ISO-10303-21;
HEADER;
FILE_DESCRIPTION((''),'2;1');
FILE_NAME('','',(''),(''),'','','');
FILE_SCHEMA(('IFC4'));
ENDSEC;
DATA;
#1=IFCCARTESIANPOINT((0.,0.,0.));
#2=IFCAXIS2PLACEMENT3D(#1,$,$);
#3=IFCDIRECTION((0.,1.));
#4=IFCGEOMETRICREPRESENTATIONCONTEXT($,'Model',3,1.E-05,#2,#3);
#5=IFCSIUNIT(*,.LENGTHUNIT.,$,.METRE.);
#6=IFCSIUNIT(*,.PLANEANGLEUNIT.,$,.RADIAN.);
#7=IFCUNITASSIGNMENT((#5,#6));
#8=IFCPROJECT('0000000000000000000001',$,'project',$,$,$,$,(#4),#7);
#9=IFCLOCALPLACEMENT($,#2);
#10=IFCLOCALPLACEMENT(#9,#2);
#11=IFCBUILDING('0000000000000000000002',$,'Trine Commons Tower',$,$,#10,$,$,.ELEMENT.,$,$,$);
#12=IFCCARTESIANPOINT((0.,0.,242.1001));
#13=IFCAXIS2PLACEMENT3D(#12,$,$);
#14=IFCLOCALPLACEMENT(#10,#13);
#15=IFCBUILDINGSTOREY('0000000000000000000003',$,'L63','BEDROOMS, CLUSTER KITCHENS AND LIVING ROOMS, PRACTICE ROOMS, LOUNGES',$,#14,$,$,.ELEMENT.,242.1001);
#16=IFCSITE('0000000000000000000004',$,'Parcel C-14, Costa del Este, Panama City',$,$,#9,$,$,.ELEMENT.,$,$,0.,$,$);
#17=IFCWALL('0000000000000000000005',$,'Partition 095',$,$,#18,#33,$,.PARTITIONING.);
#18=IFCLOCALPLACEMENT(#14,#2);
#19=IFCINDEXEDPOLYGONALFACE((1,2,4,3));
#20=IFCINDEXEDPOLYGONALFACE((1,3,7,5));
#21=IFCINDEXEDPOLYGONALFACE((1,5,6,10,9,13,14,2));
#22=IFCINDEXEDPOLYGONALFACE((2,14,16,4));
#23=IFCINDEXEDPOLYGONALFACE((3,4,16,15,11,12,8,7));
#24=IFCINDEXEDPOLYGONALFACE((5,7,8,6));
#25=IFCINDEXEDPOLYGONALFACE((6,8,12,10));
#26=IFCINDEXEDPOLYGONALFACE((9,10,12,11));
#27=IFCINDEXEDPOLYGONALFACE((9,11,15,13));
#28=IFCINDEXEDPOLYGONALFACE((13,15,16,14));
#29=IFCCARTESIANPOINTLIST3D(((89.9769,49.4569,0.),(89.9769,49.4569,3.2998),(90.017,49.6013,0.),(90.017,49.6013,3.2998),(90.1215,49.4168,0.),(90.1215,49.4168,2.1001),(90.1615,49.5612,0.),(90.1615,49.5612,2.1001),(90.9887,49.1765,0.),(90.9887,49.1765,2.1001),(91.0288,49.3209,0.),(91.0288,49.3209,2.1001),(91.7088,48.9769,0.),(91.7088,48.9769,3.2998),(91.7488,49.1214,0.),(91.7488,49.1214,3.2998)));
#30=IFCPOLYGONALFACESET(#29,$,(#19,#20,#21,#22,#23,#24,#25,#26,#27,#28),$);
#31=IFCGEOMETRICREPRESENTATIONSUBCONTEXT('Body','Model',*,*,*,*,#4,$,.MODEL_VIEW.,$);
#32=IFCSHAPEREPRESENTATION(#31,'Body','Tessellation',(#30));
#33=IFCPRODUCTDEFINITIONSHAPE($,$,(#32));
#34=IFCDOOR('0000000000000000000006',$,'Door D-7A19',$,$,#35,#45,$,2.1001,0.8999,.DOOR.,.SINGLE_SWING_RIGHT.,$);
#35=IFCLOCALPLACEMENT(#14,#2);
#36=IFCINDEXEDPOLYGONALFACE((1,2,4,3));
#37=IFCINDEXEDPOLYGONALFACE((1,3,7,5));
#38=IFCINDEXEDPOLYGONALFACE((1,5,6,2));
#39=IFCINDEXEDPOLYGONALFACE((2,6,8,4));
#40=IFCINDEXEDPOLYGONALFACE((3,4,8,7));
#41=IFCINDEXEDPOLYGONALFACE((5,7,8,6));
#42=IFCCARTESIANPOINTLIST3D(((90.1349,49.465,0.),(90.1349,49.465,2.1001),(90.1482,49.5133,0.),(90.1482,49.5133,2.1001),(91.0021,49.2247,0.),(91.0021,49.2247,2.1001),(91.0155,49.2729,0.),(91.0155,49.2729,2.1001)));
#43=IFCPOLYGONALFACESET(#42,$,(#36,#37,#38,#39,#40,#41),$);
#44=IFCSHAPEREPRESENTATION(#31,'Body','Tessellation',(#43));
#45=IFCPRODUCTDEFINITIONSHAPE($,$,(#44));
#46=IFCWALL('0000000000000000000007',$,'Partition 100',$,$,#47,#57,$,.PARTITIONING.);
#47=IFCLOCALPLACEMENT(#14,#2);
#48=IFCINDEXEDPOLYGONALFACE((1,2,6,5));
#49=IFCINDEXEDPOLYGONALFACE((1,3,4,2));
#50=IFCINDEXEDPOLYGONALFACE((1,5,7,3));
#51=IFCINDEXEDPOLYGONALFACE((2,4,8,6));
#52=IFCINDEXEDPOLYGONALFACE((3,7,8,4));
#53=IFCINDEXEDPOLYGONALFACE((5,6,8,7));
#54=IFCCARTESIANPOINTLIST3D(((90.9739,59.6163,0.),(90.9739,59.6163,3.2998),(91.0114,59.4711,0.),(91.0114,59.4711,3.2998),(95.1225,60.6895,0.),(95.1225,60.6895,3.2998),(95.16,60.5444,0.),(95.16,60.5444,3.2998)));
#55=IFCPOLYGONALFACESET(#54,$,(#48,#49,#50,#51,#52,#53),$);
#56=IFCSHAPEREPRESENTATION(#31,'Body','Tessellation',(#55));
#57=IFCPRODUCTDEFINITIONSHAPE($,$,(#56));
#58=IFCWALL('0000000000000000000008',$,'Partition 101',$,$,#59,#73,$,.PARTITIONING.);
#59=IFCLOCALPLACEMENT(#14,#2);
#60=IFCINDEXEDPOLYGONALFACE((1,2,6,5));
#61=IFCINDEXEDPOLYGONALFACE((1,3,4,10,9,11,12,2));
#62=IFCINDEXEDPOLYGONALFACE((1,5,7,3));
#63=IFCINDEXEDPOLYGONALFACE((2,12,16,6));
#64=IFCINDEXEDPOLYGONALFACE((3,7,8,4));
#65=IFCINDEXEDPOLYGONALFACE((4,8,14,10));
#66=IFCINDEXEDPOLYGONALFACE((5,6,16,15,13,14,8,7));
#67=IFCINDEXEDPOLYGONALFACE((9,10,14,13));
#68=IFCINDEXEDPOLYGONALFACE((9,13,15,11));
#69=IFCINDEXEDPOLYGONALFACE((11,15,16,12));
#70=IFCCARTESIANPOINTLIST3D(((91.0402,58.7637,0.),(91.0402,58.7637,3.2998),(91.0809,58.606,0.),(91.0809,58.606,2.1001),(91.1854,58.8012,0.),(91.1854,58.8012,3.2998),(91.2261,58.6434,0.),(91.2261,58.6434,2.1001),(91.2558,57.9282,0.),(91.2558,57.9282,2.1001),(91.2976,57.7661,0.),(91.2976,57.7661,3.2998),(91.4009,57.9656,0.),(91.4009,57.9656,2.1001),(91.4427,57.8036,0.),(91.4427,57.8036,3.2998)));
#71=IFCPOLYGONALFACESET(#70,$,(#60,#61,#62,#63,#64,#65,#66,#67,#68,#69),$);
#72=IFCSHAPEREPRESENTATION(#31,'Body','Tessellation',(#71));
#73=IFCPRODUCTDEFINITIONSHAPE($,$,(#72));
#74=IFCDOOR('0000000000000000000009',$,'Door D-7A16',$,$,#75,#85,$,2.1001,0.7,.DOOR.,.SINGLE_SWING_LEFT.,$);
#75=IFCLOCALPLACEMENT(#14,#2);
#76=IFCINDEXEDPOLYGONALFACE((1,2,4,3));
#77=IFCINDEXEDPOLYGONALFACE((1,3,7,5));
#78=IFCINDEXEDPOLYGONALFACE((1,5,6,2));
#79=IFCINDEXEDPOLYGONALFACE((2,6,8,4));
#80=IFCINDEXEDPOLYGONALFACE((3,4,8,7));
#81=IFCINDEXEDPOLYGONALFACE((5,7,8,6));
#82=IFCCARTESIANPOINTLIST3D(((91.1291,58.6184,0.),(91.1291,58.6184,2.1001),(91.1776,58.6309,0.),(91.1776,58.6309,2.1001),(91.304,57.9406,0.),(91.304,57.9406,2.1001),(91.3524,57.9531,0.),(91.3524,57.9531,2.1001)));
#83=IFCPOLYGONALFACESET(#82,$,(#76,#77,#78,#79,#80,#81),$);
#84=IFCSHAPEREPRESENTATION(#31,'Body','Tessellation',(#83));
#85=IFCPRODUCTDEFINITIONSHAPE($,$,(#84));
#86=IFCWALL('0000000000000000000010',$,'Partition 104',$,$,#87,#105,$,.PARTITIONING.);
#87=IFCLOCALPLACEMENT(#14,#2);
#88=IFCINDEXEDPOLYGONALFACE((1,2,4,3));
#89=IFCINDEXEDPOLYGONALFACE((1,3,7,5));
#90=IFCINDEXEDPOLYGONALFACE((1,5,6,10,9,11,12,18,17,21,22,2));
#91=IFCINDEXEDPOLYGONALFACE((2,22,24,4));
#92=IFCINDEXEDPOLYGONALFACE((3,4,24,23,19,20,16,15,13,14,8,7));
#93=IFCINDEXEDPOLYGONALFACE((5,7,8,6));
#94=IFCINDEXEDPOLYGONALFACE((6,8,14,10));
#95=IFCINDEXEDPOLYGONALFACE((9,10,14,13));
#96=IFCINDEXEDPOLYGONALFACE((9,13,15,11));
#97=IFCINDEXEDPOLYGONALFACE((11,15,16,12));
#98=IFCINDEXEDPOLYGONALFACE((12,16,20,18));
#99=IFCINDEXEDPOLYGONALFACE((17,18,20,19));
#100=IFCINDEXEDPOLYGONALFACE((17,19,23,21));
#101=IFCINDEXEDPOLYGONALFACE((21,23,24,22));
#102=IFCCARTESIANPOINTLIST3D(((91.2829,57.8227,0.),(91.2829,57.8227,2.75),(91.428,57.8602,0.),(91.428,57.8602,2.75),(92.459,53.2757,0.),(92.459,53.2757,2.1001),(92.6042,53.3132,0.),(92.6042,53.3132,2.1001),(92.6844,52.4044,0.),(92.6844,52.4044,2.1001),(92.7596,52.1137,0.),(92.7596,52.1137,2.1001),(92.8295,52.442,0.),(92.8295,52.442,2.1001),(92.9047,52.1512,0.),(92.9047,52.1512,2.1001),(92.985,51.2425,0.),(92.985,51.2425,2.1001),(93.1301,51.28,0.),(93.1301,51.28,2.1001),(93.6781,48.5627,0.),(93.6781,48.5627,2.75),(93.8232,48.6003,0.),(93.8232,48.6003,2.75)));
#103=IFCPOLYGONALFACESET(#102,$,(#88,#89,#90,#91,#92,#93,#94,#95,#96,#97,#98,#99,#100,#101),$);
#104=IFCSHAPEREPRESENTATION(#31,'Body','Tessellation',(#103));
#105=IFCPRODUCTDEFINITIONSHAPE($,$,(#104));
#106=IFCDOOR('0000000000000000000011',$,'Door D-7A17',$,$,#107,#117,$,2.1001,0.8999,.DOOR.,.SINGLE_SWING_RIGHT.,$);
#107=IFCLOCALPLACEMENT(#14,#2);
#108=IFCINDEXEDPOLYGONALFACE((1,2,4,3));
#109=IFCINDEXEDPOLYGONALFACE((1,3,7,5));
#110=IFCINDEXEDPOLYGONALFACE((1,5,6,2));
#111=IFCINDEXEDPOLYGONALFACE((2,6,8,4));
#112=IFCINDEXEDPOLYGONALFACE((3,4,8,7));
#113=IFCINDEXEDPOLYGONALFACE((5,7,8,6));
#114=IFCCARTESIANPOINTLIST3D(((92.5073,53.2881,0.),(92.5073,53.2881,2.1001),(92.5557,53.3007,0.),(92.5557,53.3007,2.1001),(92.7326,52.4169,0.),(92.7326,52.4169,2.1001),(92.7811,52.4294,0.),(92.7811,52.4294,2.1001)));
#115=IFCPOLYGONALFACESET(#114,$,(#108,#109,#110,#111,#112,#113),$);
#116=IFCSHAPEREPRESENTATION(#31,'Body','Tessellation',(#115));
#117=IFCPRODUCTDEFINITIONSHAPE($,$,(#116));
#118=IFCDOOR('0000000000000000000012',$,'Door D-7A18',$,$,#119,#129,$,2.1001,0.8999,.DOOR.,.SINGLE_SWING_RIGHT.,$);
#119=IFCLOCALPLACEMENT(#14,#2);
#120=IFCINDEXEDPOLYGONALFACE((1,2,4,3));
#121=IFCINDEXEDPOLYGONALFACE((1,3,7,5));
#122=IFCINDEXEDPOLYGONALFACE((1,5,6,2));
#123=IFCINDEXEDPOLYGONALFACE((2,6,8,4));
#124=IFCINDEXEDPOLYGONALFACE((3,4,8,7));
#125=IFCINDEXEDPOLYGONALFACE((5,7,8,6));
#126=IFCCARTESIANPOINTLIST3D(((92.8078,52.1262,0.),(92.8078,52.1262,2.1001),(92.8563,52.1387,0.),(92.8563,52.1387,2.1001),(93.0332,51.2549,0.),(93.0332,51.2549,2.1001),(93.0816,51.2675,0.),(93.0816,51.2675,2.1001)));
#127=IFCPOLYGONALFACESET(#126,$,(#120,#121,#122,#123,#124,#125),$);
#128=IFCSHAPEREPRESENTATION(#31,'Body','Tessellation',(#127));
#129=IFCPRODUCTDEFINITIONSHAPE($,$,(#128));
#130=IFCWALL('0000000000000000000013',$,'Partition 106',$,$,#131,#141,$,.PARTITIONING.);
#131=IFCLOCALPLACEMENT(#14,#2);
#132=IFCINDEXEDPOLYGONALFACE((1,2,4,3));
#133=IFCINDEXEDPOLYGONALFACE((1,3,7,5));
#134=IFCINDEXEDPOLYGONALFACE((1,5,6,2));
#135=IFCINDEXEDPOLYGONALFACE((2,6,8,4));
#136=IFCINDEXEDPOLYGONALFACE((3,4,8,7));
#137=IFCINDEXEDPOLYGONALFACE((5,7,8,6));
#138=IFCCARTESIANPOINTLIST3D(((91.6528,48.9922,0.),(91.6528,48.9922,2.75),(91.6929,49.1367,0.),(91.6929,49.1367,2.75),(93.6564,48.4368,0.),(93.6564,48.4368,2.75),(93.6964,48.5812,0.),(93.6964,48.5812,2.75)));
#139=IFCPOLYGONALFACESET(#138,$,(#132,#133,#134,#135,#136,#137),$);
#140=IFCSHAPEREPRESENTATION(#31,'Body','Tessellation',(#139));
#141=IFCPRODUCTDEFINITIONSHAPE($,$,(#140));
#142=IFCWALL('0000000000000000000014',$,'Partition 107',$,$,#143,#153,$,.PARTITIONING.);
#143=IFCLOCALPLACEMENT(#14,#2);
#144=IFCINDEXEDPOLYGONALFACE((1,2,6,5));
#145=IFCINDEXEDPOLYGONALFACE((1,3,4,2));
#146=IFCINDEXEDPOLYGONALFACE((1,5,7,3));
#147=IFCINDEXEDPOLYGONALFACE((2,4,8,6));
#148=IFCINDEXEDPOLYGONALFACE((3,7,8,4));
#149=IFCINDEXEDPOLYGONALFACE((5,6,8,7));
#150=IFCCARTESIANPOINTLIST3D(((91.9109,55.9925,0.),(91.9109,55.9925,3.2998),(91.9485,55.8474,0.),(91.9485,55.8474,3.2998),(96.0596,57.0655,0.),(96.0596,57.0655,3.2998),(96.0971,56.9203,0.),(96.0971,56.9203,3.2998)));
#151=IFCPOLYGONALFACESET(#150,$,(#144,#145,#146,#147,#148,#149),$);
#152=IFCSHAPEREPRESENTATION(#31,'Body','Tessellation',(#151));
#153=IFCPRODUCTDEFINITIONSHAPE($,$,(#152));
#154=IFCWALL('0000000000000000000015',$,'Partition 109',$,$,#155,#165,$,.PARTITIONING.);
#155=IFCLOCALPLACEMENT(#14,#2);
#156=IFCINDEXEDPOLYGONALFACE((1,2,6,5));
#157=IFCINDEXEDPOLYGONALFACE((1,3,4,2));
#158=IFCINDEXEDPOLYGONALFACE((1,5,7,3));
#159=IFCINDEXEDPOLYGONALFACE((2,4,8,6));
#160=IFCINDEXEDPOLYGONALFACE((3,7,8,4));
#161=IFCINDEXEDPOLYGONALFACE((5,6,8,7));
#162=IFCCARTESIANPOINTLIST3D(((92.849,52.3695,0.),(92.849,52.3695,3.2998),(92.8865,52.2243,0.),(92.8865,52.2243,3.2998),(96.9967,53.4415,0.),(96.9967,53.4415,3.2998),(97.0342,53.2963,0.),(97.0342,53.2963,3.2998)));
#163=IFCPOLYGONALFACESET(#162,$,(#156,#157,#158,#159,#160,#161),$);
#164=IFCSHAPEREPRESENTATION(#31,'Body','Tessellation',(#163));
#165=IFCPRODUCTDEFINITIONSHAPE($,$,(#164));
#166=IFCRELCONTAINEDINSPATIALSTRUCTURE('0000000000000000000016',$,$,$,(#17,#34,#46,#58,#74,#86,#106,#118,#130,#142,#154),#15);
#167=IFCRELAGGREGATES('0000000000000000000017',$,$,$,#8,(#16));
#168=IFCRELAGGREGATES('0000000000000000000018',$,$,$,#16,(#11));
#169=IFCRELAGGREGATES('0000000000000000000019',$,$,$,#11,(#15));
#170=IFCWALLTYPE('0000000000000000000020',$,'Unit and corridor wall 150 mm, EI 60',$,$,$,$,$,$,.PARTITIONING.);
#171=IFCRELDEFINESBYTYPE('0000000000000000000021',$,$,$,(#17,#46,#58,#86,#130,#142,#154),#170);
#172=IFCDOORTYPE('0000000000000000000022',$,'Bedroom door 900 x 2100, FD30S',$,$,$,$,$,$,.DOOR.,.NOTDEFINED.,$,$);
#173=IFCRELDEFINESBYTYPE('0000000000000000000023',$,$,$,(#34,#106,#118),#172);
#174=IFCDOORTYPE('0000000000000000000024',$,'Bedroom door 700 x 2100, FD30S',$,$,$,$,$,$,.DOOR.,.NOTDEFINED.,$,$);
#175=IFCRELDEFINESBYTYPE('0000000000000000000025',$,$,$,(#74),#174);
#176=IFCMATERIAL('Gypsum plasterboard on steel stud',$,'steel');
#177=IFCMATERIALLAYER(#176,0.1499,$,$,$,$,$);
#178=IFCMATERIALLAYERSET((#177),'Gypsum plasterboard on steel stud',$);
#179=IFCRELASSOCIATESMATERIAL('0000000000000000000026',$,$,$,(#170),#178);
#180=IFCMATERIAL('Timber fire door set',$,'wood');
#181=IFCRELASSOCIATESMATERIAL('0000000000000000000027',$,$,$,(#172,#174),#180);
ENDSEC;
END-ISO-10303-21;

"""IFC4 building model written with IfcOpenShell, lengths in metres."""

from ifc_helpers import new_model, si_unit, direction, frame, frame_2d, origin, place, context, subcontext, project, spatial, rectangle, extrude, material, layer, layer_set, type_object, element, fill, save


model = new_model("IFC4")

# Units and contexts
model_context = context("Model", 3, precision=1e-05, world=origin(), true_north=direction((0.0, 1.0)))
body_context = subcontext(model_context, "Body", "Model", "MODEL_VIEW")
ifc_project = project(units=[si_unit("LENGTHUNIT", "METRE"), si_unit("PLANEANGLEUNIT", "RADIAN")], contexts=[model_context])

# Site, building, storey
site_placement = place(None, origin())
site = spatial("IfcSite", under=ifc_project, at=site_placement, Name="Parcel C-14, Costa del Este, Panama City", CompositionType="ELEMENT", RefElevation=0.0)
building_placement = place(site_placement, origin())
building = spatial("IfcBuilding", under=site, at=building_placement, Name="Trine Commons Tower", CompositionType="ELEMENT")
storey_placement = place(building_placement, frame((0.0, 0.0, 242.1001)))
storey = spatial("IfcBuildingStorey", under=building, at=storey_placement, Name="L63", Description="BEDROOMS, CLUSTER KITCHENS AND LIVING ROOMS, PRACTICE ROOMS, LOUNGES", CompositionType="ELEMENT", Elevation=242.1001)

# Shared definitions
ifc_material_1 = material(Name="Gypsum plasterboard on steel stud", Category="steel")
ifc_layer_1 = layer(ifc_material_1, 0.1499)
ifc_layer_set_1 = layer_set([ifc_layer_1], Name="Gypsum plasterboard on steel stud")
wall_type_1 = type_object("IfcWallType", Name="Unit and corridor wall 150 mm, EI 60", PredefinedType="PARTITIONING", material=ifc_layer_set_1)

# Wall, opening, door
wall_1_placement = place(storey_placement, frame((89.9971, 49.5291, 0.0), z_axis=(0.0, 0.0, 1.0), x_axis=(0.963677, -0.267069, 0.0)))
wall_1 = element("IfcWall", 1, at=wall_1_placement, inside=storey, type_object=wall_type_1, Name="Partition 095", PredefinedType="PARTITIONING", context=body_context, shape_type="SweptSolid", body=[
    extrude(rectangle(XDim=1.7971, YDim=0.1499, at=frame_2d((0.8984, 0.0))), origin(), (0.0, 0.0, 1.0), 3.2998),
])
opening_1_placement = place(wall_1_placement, frame((0.1499, 0.0, 0.0)))
opening_1 = element("IfcOpeningElement", 2, at=opening_1_placement, cuts=wall_1, PredefinedType="OPENING", context=body_context, shape_type="SweptSolid", body=[
    extrude(rectangle(XDim=0.8999, YDim=2.1001, at=frame_2d((0.45, 1.05))), frame((0.0, 0.085, 0.0), z_axis=(0.0, -1.0, 0.0), x_axis=(1.0, 0.0, 0.0)), (0.0, 0.0, 1.0), 0.1699),
])
ifc_material_2 = material(Name="Timber fire door set", Category="wood")
door_type_1 = type_object("IfcDoorType", Name="Bedroom door 900 x 2100, FD30S", OperationType="NOTDEFINED", PredefinedType="DOOR", material=ifc_material_2)
door_1_placement = place(opening_1_placement, frame((0.8999, 0.0, 0.0), z_axis=(0.0, 0.0, 1.0), x_axis=(-1.0, 0.0, 0.0)))
door_1 = element("IfcDoor", 3, at=door_1_placement, inside=storey, type_object=door_type_1, Name="Door D-7A19", OperationType="SINGLE_SWING_RIGHT", OverallHeight=2.1001, OverallWidth=0.8999, PredefinedType="DOOR", context=body_context, shape_type="SweptSolid", body=[
    extrude(rectangle(XDim=0.8999, YDim=2.1001, at=frame_2d((0.45, 1.05))), frame((0.0, 0.0249, 0.0), z_axis=(0.0, -1.0, 0.0), x_axis=(1.0, 0.0, 0.0)), (0.0, 0.0, 1.0), 0.05),
])
fill(opening_1, door_1)

# Wall
wall_2_placement = place(storey_placement, frame((90.9927, 59.5437, 0.0), z_axis=(0.0, 0.0, 1.0), x_axis=(0.96813, 0.25045, 0.0)))
element("IfcWall", 4, at=wall_2_placement, inside=storey, type_object=wall_type_1, Name="Partition 100", PredefinedType="PARTITIONING", context=body_context, shape_type="SweptSolid", body=[
    extrude(rectangle(XDim=4.2852, YDim=0.1499, at=frame_2d((2.1426, 0.0))), origin(), (0.0, 0.0, 1.0), 3.2998),
])

# Wall, opening, door
wall_3_placement = place(storey_placement, frame((91.1128, 58.7825, 0.0), z_axis=(0.0, 0.0, 1.0), x_axis=(0.249778, -0.968303, 0.0)))
wall_3 = element("IfcWall", 5, at=wall_3_placement, inside=storey, type_object=wall_type_1, Name="Partition 101", PredefinedType="PARTITIONING", context=body_context, shape_type="SweptSolid", body=[
    extrude(rectangle(XDim=1.0303, YDim=0.1499, at=frame_2d((0.5151, 0.0))), origin(), (0.0, 0.0, 1.0), 3.2998),
])
opening_2_placement = place(wall_3_placement, frame((0.1628, 0.0, 0.0)))
opening_2 = element("IfcOpeningElement", 6, at=opening_2_placement, cuts=wall_3, PredefinedType="OPENING", context=body_context, shape_type="SweptSolid", body=[
    extrude(rectangle(XDim=0.7, YDim=2.1001, at=frame_2d((0.3501, 1.05))), frame((0.0, 0.085, 0.0), z_axis=(0.0, -1.0, 0.0), x_axis=(1.0, 0.0, 0.0)), (0.0, 0.0, 1.0), 0.1699),
])
door_type_2 = type_object("IfcDoorType", Name="Bedroom door 700 x 2100, FD30S", OperationType="NOTDEFINED", PredefinedType="DOOR", material=ifc_material_2)
door_2_placement = place(opening_2_placement, origin())
door_2 = element("IfcDoor", 7, at=door_2_placement, inside=storey, type_object=door_type_2, Name="Door D-7A16", OperationType="SINGLE_SWING_LEFT", OverallHeight=2.1001, OverallWidth=0.7, PredefinedType="DOOR", context=body_context, shape_type="SweptSolid", body=[
    extrude(rectangle(XDim=0.7, YDim=2.1001, at=frame_2d((0.3501, 1.05))), frame((0.0, 0.0249, 0.0), z_axis=(0.0, -1.0, 0.0), x_axis=(1.0, 0.0, 0.0)), (0.0, 0.0, 1.0), 0.05),
])
fill(opening_2, door_2)

# Wall, openings, doors
wall_4_placement = place(storey_placement, frame((91.3555, 57.8413, 0.0), z_axis=(0.0, 0.0, 1.0), x_axis=(0.250425, -0.968136, 0.0)))
wall_4 = element("IfcWall", 8, at=wall_4_placement, inside=storey, type_object=wall_type_1, Name="Partition 104", PredefinedType="PARTITIONING", context=body_context, shape_type="SweptSolid", body=[
    extrude(rectangle(XDim=9.5647, YDim=0.1499, at=frame_2d((4.7822, 0.0))), origin(), (0.0, 0.0, 1.0), 2.75),
])
opening_3_placement = place(wall_4_placement, frame((4.6965, 0.0, 0.0)))
opening_3 = element("IfcOpeningElement", 9, at=opening_3_placement, cuts=wall_4, PredefinedType="OPENING", context=body_context, shape_type="SweptSolid", body=[
    extrude(rectangle(XDim=0.8999, YDim=2.1001, at=frame_2d((0.45, 1.05))), frame((0.0, 0.085, 0.0), z_axis=(0.0, -1.0, 0.0), x_axis=(1.0, 0.0, 0.0)), (0.0, 0.0, 1.0), 0.1699),
])
opening_4_placement = place(wall_4_placement, frame((5.8967, 0.0, 0.0)))
opening_4 = element("IfcOpeningElement", 10, at=opening_4_placement, cuts=wall_4, PredefinedType="OPENING", context=body_context, shape_type="SweptSolid", body=[
    extrude(rectangle(XDim=0.8999, YDim=2.1001, at=frame_2d((0.45, 1.05))), frame((0.0, 0.085, 0.0), z_axis=(0.0, -1.0, 0.0), x_axis=(1.0, 0.0, 0.0)), (0.0, 0.0, 1.0), 0.1699),
])
door_3_placement = place(opening_3_placement, origin())
door_3 = element("IfcDoor", 11, at=door_3_placement, inside=storey, type_object=door_type_1, Name="Door D-7A17", OperationType="SINGLE_SWING_RIGHT", OverallHeight=2.1001, OverallWidth=0.8999, PredefinedType="DOOR", context=body_context, shape_type="SweptSolid", body=[
    extrude(rectangle(XDim=0.8999, YDim=2.1001, at=frame_2d((0.45, 1.05))), frame((0.0, 0.0249, 0.0), z_axis=(0.0, -1.0, 0.0), x_axis=(1.0, 0.0, 0.0)), (0.0, 0.0, 1.0), 0.05),
])
fill(opening_3, door_3)
door_4_placement = place(opening_4_placement, origin())
door_4 = element("IfcDoor", 12, at=door_4_placement, inside=storey, type_object=door_type_1, Name="Door D-7A18", OperationType="SINGLE_SWING_RIGHT", OverallHeight=2.1001, OverallWidth=0.8999, PredefinedType="DOOR", context=body_context, shape_type="SweptSolid", body=[
    extrude(rectangle(XDim=0.8999, YDim=2.1001, at=frame_2d((0.45, 1.05))), frame((0.0, 0.0249, 0.0), z_axis=(0.0, -1.0, 0.0), x_axis=(1.0, 0.0, 0.0)), (0.0, 0.0, 1.0), 0.05),
])
fill(opening_4, door_4)

# Walls
wall_5_placement = place(storey_placement, frame((91.6729, 49.0645, 0.0), z_axis=(0.0, 0.0, 1.0), x_axis=(0.963652, -0.267159, 0.0)))
element("IfcWall", 13, at=wall_5_placement, inside=storey, type_object=wall_type_1, Name="Partition 106", PredefinedType="PARTITIONING", context=body_context, shape_type="SweptSolid", body=[
    extrude(rectangle(XDim=2.0791, YDim=0.1499, at=frame_2d((1.0396, 0.0))), origin(), (0.0, 0.0, 1.0), 2.75),
])
wall_6_placement = place(storey_placement, frame((91.9297, 55.9199, 0.0), z_axis=(0.0, 0.0, 1.0), x_axis=(0.968143, 0.250397, 0.0)))
element("IfcWall", 14, at=wall_6_placement, inside=storey, type_object=wall_type_1, Name="Partition 107", PredefinedType="PARTITIONING", context=body_context, shape_type="SweptSolid", body=[
    extrude(rectangle(XDim=4.2852, YDim=0.1499, at=frame_2d((2.1426, 0.0))), origin(), (0.0, 0.0, 1.0), 3.2998),
])
wall_7_placement = place(storey_placement, frame((92.8677, 52.2969, 0.0), z_axis=(0.0, 0.0, 1.0), x_axis=(0.968184, 0.250238, 0.0)))
element("IfcWall", 15, at=wall_7_placement, inside=storey, type_object=wall_type_1, Name="Partition 109", PredefinedType="PARTITIONING", context=body_context, shape_type="SweptSolid", body=[
    extrude(rectangle(XDim=4.2839, YDim=0.1499, at=frame_2d((2.1421, 0.0))), origin(), (0.0, 0.0, 1.0), 3.2998),
])

save(model, "model.ifc")
